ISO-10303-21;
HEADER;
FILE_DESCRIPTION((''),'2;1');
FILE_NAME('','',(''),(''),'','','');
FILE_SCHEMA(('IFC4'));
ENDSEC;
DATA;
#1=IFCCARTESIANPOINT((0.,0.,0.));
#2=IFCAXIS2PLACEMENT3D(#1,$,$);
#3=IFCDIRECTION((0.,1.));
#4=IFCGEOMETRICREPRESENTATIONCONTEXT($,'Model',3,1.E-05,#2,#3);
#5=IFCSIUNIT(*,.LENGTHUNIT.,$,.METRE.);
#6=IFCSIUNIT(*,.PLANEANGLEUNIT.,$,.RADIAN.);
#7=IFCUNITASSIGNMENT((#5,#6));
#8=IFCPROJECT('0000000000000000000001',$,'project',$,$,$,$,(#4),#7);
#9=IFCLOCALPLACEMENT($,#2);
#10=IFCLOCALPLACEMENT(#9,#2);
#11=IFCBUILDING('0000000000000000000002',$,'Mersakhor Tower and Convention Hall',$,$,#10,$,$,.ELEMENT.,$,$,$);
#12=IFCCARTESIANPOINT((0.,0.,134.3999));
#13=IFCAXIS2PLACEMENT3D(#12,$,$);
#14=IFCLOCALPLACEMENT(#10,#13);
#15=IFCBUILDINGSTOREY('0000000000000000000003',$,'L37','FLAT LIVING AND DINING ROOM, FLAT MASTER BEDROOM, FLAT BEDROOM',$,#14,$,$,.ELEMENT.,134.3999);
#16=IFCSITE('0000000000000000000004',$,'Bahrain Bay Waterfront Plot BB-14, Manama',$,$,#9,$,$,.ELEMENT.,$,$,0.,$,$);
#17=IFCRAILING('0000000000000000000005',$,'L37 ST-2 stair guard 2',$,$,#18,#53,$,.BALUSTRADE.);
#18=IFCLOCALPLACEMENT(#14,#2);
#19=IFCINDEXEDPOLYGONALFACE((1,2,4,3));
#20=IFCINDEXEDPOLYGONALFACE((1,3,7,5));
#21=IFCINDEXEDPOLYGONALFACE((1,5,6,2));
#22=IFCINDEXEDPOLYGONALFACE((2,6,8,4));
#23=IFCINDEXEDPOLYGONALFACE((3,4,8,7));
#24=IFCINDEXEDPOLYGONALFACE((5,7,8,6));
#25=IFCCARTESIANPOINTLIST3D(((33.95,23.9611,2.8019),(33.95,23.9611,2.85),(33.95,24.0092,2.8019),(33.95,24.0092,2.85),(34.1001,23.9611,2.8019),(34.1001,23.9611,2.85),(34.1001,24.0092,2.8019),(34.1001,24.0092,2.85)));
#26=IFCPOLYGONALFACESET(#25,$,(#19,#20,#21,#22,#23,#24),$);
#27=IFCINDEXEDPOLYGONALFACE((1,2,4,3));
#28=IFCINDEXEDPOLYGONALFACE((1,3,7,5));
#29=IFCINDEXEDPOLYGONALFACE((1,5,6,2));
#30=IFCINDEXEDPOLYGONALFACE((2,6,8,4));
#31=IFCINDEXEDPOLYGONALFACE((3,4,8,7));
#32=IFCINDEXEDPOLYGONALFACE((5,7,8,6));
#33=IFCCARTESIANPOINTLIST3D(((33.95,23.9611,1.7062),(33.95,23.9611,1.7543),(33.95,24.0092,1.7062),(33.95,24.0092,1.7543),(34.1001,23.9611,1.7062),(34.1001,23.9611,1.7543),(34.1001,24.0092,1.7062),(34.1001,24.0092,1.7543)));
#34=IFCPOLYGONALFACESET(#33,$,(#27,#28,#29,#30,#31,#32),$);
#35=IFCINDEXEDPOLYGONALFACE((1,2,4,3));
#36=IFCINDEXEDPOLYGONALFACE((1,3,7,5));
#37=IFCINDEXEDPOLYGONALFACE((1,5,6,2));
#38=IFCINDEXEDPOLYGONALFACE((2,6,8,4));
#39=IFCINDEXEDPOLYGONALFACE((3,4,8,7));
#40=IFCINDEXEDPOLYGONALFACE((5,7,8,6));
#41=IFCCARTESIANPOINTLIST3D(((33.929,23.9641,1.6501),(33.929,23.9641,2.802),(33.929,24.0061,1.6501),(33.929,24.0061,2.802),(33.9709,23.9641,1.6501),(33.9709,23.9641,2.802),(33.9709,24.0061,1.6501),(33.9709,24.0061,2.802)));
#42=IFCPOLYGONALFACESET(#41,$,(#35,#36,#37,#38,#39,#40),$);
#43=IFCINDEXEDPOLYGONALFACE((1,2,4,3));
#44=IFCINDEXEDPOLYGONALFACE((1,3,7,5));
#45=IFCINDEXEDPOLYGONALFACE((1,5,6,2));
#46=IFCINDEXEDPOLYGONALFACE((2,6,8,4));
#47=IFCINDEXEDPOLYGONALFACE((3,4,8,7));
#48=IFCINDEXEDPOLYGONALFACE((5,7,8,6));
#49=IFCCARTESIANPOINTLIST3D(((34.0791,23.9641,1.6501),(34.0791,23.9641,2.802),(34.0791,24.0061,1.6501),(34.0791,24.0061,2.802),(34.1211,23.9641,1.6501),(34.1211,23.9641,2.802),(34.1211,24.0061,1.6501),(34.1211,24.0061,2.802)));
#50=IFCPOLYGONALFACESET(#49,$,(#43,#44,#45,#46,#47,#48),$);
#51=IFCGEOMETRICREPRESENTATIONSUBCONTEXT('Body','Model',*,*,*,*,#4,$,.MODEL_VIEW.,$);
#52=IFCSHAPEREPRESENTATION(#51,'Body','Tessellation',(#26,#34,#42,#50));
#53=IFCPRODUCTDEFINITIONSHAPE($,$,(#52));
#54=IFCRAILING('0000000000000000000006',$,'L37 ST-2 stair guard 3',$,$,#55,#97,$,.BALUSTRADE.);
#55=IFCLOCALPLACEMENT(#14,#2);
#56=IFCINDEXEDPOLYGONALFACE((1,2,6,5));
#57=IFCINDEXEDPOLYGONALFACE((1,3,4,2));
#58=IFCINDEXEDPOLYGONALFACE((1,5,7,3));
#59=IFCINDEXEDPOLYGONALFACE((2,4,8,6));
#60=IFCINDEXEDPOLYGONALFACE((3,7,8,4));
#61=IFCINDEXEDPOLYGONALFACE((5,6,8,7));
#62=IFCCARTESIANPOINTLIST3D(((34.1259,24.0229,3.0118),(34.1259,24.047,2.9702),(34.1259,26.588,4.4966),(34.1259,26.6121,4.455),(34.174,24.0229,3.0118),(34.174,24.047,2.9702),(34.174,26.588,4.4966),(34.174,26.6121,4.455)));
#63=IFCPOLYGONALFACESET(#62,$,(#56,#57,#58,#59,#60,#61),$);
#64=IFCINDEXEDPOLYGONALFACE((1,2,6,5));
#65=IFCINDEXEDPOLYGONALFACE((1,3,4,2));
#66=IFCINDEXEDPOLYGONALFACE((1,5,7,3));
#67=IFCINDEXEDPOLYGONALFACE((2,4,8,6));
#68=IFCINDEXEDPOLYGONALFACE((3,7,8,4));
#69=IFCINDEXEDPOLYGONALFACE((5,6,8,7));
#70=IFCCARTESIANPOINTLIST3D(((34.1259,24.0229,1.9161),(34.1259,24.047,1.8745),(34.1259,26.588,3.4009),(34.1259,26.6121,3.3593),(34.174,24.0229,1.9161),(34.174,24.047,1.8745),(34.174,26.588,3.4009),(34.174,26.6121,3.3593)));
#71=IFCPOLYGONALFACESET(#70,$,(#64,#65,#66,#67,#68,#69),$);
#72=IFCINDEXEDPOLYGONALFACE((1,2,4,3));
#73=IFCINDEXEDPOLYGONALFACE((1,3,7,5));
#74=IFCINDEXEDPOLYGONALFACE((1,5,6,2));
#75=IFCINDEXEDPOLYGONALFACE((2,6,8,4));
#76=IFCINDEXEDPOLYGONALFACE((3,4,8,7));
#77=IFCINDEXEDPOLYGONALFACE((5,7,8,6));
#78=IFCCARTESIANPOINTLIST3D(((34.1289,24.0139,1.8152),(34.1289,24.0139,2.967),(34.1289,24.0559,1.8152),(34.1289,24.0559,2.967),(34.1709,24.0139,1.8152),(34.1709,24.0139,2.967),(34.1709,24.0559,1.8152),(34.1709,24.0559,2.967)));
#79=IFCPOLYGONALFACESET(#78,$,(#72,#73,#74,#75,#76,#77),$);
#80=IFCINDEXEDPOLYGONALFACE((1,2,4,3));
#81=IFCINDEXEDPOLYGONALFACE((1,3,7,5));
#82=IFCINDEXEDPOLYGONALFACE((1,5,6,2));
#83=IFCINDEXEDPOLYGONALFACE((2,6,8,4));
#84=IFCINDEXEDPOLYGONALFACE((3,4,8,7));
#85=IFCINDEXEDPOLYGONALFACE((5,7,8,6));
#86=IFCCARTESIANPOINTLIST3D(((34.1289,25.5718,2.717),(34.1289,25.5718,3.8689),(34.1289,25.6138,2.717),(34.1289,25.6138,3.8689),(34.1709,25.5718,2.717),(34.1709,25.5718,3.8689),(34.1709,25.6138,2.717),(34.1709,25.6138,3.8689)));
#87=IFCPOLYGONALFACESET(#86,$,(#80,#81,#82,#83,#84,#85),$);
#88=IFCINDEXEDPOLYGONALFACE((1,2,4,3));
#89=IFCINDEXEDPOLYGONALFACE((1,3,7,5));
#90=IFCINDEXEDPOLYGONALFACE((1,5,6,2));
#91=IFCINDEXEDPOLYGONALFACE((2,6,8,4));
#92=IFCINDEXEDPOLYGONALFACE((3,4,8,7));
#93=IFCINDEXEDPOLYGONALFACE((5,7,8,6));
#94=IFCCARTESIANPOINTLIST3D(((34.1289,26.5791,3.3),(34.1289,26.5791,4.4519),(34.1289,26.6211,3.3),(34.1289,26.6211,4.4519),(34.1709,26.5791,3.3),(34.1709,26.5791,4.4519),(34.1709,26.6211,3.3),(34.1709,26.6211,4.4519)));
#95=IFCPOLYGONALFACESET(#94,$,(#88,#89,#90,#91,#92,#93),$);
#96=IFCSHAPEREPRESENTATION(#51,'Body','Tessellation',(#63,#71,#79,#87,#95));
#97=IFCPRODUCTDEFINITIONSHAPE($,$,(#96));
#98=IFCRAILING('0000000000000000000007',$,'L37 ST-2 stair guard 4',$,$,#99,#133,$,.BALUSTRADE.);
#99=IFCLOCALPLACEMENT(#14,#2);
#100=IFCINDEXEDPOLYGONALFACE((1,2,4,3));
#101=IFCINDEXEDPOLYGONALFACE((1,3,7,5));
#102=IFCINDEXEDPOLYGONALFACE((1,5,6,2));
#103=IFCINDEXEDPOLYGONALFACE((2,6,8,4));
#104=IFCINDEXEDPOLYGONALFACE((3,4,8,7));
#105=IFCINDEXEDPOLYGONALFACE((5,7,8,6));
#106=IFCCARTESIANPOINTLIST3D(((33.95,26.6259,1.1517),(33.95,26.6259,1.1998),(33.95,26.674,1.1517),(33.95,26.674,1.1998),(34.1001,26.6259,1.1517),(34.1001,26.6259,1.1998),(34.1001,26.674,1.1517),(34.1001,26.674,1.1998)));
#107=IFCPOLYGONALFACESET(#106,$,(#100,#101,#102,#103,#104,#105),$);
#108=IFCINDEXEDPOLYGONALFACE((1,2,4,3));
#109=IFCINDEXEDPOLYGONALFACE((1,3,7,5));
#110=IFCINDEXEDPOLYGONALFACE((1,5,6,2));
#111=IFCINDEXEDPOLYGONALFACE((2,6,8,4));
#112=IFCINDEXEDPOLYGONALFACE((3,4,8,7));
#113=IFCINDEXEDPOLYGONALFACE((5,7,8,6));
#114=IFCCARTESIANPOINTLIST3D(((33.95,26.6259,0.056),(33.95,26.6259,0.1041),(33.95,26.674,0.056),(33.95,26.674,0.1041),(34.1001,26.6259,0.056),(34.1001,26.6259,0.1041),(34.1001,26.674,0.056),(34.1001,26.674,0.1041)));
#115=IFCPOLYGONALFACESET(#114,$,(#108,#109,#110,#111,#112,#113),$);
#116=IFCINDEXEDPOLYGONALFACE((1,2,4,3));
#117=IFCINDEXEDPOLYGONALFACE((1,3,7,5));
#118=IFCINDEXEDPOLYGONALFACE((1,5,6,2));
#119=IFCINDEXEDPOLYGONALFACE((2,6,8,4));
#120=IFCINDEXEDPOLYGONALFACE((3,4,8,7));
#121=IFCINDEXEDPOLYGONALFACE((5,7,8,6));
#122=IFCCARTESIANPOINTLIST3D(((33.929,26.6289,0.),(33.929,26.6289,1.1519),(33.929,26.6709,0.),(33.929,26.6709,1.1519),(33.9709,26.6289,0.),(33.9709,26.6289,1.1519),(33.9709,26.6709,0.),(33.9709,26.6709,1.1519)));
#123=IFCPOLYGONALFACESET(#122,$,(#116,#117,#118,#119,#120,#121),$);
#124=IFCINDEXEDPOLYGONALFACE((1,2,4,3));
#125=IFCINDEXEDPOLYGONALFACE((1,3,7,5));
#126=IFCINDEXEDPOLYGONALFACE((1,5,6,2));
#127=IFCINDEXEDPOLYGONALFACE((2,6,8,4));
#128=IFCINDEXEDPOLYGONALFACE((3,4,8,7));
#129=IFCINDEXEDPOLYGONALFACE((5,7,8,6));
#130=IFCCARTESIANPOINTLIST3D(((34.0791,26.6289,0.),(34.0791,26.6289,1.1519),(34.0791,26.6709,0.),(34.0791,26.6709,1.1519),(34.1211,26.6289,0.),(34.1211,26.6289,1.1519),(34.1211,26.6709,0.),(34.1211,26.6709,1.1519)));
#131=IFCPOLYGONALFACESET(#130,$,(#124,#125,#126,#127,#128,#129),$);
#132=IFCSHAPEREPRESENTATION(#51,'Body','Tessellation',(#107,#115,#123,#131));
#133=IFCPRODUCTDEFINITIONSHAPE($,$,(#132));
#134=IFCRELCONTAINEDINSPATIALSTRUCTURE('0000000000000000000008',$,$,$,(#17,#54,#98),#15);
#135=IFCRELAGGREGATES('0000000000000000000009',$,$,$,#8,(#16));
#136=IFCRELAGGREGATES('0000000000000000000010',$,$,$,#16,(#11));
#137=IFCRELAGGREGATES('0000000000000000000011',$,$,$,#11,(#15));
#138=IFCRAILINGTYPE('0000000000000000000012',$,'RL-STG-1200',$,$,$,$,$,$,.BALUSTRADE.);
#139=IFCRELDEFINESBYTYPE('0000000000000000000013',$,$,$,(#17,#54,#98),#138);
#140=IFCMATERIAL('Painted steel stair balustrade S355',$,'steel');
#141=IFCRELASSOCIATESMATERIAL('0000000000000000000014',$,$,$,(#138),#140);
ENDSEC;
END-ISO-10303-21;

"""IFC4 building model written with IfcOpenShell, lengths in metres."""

from ifc_helpers import new_model, si_unit, direction, frame, origin, origin_2d, place, context, subcontext, project, spatial, rectangle, extrude, material, type_object, element, save


model = new_model("IFC4")

# Units and contexts
model_context = context("Model", 3, precision=1e-05, world=origin(), true_north=direction((0.0, 1.0)))
body_context = subcontext(model_context, "Body", "Model", "MODEL_VIEW")
ifc_project = project(units=[si_unit("LENGTHUNIT", "METRE"), si_unit("PLANEANGLEUNIT", "RADIAN")], contexts=[model_context])

# Site, building, storey
site_placement = place(None, origin())
site = spatial("IfcSite", under=ifc_project, at=site_placement, Name="Bahrain Bay Waterfront Plot BB-14, Manama", CompositionType="ELEMENT", RefElevation=0.0)
building_placement = place(site_placement, origin())
building = spatial("IfcBuilding", under=site, at=building_placement, Name="Mersakhor Tower and Convention Hall", CompositionType="ELEMENT")
storey_placement = place(building_placement, frame((0.0, 0.0, 134.3999)))
storey = spatial("IfcBuildingStorey", under=building, at=storey_placement, Name="L37", Description="FLAT LIVING AND DINING ROOM, FLAT MASTER BEDROOM, FLAT BEDROOM", CompositionType="ELEMENT", Elevation=134.3999)

# Railings
ifc_material_1 = material(Name="Painted steel stair balustrade S355", Category="steel")
railing_type_1 = type_object("IfcRailingType", Name="RL-STG-1200", PredefinedType="BALUSTRADE", material=ifc_material_1)
railing_1_placement = place(storey_placement, frame((33.95, 23.9851, 1.6501)))
element("IfcRailing", 1, at=railing_1_placement, inside=storey, type_object=railing_type_1, Name="L37 ST-2 stair guard 2", PredefinedType="BALUSTRADE", context=body_context, shape_type="SweptSolid", body=[
    extrude(rectangle(XDim=0.0481, YDim=0.0481, at=origin_2d()), frame((0.0, 0.0, 1.1758), z_axis=(1.0, 0.0, 0.0), x_axis=(0.0, 1.0, 0.0)), (0.0, 0.0, 1.0), 0.1501),
    extrude(rectangle(XDim=0.0481, YDim=0.0481, at=origin_2d()), frame((0.0, 0.0, 0.0801), z_axis=(1.0, 0.0, 0.0), x_axis=(0.0, 1.0, 0.0)), (0.0, 0.0, 1.0), 0.1501),
    extrude(rectangle(XDim=0.042, YDim=0.042, at=origin_2d()), origin(), (0.0, 0.0, 1.0), 1.1519),
    extrude(rectangle(XDim=0.042, YDim=0.042, at=origin_2d()), frame((0.1501, 0.0, 0.0)), (0.0, 0.0, 1.0), 1.1519),
])
railing_2_placement = place(storey_placement, frame((34.1499, 24.0349, 1.8152)))
element("IfcRailing", 2, at=railing_2_placement, inside=storey, type_object=railing_type_1, Name="L37 ST-2 stair guard 3", PredefinedType="BALUSTRADE", context=body_context, shape_type="SweptSolid", body=[
    extrude(rectangle(XDim=0.0481, YDim=0.0481, at=origin_2d()), frame((0.0, 0.0, 1.1758), z_axis=(0.0, 0.865462, 0.500975), x_axis=(-1.0, 0.0, 0.0)), (0.0, 0.0, 1.0), 2.9639),
    extrude(rectangle(XDim=0.0481, YDim=0.0481, at=origin_2d()), frame((0.0, 0.0, 0.0801), z_axis=(0.0, 0.865462, 0.500975), x_axis=(-1.0, 0.0, 0.0)), (0.0, 0.0, 1.0), 2.9639),
    extrude(rectangle(XDim=0.042, YDim=0.042, at=origin_2d()), origin(), (0.0, 0.0, 1.0), 1.1519),
    extrude(rectangle(XDim=0.042, YDim=0.042, at=origin_2d()), frame((0.0, 1.5579, 0.9019)), (0.0, 0.0, 1.0), 1.1519),
    extrude(rectangle(XDim=0.042, YDim=0.042, at=origin_2d()), frame((0.0, 2.5652, 1.4849)), (0.0, 0.0, 1.0), 1.1519),
])
railing_3_placement = place(storey_placement, frame((33.95, 26.6499, 0.0)))
element("IfcRailing", 3, at=railing_3_placement, inside=storey, type_object=railing_type_1, Name="L37 ST-2 stair guard 4", PredefinedType="BALUSTRADE", context=body_context, shape_type="SweptSolid", body=[
    extrude(rectangle(XDim=0.0481, YDim=0.0481, at=origin_2d()), frame((0.0, 0.0, 1.1758), z_axis=(1.0, 0.0, 0.0), x_axis=(0.0, 1.0, 0.0)), (0.0, 0.0, 1.0), 0.1501),
    extrude(rectangle(XDim=0.0481, YDim=0.0481, at=origin_2d()), frame((0.0, 0.0, 0.0801), z_axis=(1.0, 0.0, 0.0), x_axis=(0.0, 1.0, 0.0)), (0.0, 0.0, 1.0), 0.1501),
    extrude(rectangle(XDim=0.042, YDim=0.042, at=origin_2d()), origin(), (0.0, 0.0, 1.0), 1.1519),
    extrude(rectangle(XDim=0.042, YDim=0.042, at=origin_2d()), frame((0.1501, 0.0, 0.0)), (0.0, 0.0, 1.0), 1.1519),
])

save(model, "model.ifc")
